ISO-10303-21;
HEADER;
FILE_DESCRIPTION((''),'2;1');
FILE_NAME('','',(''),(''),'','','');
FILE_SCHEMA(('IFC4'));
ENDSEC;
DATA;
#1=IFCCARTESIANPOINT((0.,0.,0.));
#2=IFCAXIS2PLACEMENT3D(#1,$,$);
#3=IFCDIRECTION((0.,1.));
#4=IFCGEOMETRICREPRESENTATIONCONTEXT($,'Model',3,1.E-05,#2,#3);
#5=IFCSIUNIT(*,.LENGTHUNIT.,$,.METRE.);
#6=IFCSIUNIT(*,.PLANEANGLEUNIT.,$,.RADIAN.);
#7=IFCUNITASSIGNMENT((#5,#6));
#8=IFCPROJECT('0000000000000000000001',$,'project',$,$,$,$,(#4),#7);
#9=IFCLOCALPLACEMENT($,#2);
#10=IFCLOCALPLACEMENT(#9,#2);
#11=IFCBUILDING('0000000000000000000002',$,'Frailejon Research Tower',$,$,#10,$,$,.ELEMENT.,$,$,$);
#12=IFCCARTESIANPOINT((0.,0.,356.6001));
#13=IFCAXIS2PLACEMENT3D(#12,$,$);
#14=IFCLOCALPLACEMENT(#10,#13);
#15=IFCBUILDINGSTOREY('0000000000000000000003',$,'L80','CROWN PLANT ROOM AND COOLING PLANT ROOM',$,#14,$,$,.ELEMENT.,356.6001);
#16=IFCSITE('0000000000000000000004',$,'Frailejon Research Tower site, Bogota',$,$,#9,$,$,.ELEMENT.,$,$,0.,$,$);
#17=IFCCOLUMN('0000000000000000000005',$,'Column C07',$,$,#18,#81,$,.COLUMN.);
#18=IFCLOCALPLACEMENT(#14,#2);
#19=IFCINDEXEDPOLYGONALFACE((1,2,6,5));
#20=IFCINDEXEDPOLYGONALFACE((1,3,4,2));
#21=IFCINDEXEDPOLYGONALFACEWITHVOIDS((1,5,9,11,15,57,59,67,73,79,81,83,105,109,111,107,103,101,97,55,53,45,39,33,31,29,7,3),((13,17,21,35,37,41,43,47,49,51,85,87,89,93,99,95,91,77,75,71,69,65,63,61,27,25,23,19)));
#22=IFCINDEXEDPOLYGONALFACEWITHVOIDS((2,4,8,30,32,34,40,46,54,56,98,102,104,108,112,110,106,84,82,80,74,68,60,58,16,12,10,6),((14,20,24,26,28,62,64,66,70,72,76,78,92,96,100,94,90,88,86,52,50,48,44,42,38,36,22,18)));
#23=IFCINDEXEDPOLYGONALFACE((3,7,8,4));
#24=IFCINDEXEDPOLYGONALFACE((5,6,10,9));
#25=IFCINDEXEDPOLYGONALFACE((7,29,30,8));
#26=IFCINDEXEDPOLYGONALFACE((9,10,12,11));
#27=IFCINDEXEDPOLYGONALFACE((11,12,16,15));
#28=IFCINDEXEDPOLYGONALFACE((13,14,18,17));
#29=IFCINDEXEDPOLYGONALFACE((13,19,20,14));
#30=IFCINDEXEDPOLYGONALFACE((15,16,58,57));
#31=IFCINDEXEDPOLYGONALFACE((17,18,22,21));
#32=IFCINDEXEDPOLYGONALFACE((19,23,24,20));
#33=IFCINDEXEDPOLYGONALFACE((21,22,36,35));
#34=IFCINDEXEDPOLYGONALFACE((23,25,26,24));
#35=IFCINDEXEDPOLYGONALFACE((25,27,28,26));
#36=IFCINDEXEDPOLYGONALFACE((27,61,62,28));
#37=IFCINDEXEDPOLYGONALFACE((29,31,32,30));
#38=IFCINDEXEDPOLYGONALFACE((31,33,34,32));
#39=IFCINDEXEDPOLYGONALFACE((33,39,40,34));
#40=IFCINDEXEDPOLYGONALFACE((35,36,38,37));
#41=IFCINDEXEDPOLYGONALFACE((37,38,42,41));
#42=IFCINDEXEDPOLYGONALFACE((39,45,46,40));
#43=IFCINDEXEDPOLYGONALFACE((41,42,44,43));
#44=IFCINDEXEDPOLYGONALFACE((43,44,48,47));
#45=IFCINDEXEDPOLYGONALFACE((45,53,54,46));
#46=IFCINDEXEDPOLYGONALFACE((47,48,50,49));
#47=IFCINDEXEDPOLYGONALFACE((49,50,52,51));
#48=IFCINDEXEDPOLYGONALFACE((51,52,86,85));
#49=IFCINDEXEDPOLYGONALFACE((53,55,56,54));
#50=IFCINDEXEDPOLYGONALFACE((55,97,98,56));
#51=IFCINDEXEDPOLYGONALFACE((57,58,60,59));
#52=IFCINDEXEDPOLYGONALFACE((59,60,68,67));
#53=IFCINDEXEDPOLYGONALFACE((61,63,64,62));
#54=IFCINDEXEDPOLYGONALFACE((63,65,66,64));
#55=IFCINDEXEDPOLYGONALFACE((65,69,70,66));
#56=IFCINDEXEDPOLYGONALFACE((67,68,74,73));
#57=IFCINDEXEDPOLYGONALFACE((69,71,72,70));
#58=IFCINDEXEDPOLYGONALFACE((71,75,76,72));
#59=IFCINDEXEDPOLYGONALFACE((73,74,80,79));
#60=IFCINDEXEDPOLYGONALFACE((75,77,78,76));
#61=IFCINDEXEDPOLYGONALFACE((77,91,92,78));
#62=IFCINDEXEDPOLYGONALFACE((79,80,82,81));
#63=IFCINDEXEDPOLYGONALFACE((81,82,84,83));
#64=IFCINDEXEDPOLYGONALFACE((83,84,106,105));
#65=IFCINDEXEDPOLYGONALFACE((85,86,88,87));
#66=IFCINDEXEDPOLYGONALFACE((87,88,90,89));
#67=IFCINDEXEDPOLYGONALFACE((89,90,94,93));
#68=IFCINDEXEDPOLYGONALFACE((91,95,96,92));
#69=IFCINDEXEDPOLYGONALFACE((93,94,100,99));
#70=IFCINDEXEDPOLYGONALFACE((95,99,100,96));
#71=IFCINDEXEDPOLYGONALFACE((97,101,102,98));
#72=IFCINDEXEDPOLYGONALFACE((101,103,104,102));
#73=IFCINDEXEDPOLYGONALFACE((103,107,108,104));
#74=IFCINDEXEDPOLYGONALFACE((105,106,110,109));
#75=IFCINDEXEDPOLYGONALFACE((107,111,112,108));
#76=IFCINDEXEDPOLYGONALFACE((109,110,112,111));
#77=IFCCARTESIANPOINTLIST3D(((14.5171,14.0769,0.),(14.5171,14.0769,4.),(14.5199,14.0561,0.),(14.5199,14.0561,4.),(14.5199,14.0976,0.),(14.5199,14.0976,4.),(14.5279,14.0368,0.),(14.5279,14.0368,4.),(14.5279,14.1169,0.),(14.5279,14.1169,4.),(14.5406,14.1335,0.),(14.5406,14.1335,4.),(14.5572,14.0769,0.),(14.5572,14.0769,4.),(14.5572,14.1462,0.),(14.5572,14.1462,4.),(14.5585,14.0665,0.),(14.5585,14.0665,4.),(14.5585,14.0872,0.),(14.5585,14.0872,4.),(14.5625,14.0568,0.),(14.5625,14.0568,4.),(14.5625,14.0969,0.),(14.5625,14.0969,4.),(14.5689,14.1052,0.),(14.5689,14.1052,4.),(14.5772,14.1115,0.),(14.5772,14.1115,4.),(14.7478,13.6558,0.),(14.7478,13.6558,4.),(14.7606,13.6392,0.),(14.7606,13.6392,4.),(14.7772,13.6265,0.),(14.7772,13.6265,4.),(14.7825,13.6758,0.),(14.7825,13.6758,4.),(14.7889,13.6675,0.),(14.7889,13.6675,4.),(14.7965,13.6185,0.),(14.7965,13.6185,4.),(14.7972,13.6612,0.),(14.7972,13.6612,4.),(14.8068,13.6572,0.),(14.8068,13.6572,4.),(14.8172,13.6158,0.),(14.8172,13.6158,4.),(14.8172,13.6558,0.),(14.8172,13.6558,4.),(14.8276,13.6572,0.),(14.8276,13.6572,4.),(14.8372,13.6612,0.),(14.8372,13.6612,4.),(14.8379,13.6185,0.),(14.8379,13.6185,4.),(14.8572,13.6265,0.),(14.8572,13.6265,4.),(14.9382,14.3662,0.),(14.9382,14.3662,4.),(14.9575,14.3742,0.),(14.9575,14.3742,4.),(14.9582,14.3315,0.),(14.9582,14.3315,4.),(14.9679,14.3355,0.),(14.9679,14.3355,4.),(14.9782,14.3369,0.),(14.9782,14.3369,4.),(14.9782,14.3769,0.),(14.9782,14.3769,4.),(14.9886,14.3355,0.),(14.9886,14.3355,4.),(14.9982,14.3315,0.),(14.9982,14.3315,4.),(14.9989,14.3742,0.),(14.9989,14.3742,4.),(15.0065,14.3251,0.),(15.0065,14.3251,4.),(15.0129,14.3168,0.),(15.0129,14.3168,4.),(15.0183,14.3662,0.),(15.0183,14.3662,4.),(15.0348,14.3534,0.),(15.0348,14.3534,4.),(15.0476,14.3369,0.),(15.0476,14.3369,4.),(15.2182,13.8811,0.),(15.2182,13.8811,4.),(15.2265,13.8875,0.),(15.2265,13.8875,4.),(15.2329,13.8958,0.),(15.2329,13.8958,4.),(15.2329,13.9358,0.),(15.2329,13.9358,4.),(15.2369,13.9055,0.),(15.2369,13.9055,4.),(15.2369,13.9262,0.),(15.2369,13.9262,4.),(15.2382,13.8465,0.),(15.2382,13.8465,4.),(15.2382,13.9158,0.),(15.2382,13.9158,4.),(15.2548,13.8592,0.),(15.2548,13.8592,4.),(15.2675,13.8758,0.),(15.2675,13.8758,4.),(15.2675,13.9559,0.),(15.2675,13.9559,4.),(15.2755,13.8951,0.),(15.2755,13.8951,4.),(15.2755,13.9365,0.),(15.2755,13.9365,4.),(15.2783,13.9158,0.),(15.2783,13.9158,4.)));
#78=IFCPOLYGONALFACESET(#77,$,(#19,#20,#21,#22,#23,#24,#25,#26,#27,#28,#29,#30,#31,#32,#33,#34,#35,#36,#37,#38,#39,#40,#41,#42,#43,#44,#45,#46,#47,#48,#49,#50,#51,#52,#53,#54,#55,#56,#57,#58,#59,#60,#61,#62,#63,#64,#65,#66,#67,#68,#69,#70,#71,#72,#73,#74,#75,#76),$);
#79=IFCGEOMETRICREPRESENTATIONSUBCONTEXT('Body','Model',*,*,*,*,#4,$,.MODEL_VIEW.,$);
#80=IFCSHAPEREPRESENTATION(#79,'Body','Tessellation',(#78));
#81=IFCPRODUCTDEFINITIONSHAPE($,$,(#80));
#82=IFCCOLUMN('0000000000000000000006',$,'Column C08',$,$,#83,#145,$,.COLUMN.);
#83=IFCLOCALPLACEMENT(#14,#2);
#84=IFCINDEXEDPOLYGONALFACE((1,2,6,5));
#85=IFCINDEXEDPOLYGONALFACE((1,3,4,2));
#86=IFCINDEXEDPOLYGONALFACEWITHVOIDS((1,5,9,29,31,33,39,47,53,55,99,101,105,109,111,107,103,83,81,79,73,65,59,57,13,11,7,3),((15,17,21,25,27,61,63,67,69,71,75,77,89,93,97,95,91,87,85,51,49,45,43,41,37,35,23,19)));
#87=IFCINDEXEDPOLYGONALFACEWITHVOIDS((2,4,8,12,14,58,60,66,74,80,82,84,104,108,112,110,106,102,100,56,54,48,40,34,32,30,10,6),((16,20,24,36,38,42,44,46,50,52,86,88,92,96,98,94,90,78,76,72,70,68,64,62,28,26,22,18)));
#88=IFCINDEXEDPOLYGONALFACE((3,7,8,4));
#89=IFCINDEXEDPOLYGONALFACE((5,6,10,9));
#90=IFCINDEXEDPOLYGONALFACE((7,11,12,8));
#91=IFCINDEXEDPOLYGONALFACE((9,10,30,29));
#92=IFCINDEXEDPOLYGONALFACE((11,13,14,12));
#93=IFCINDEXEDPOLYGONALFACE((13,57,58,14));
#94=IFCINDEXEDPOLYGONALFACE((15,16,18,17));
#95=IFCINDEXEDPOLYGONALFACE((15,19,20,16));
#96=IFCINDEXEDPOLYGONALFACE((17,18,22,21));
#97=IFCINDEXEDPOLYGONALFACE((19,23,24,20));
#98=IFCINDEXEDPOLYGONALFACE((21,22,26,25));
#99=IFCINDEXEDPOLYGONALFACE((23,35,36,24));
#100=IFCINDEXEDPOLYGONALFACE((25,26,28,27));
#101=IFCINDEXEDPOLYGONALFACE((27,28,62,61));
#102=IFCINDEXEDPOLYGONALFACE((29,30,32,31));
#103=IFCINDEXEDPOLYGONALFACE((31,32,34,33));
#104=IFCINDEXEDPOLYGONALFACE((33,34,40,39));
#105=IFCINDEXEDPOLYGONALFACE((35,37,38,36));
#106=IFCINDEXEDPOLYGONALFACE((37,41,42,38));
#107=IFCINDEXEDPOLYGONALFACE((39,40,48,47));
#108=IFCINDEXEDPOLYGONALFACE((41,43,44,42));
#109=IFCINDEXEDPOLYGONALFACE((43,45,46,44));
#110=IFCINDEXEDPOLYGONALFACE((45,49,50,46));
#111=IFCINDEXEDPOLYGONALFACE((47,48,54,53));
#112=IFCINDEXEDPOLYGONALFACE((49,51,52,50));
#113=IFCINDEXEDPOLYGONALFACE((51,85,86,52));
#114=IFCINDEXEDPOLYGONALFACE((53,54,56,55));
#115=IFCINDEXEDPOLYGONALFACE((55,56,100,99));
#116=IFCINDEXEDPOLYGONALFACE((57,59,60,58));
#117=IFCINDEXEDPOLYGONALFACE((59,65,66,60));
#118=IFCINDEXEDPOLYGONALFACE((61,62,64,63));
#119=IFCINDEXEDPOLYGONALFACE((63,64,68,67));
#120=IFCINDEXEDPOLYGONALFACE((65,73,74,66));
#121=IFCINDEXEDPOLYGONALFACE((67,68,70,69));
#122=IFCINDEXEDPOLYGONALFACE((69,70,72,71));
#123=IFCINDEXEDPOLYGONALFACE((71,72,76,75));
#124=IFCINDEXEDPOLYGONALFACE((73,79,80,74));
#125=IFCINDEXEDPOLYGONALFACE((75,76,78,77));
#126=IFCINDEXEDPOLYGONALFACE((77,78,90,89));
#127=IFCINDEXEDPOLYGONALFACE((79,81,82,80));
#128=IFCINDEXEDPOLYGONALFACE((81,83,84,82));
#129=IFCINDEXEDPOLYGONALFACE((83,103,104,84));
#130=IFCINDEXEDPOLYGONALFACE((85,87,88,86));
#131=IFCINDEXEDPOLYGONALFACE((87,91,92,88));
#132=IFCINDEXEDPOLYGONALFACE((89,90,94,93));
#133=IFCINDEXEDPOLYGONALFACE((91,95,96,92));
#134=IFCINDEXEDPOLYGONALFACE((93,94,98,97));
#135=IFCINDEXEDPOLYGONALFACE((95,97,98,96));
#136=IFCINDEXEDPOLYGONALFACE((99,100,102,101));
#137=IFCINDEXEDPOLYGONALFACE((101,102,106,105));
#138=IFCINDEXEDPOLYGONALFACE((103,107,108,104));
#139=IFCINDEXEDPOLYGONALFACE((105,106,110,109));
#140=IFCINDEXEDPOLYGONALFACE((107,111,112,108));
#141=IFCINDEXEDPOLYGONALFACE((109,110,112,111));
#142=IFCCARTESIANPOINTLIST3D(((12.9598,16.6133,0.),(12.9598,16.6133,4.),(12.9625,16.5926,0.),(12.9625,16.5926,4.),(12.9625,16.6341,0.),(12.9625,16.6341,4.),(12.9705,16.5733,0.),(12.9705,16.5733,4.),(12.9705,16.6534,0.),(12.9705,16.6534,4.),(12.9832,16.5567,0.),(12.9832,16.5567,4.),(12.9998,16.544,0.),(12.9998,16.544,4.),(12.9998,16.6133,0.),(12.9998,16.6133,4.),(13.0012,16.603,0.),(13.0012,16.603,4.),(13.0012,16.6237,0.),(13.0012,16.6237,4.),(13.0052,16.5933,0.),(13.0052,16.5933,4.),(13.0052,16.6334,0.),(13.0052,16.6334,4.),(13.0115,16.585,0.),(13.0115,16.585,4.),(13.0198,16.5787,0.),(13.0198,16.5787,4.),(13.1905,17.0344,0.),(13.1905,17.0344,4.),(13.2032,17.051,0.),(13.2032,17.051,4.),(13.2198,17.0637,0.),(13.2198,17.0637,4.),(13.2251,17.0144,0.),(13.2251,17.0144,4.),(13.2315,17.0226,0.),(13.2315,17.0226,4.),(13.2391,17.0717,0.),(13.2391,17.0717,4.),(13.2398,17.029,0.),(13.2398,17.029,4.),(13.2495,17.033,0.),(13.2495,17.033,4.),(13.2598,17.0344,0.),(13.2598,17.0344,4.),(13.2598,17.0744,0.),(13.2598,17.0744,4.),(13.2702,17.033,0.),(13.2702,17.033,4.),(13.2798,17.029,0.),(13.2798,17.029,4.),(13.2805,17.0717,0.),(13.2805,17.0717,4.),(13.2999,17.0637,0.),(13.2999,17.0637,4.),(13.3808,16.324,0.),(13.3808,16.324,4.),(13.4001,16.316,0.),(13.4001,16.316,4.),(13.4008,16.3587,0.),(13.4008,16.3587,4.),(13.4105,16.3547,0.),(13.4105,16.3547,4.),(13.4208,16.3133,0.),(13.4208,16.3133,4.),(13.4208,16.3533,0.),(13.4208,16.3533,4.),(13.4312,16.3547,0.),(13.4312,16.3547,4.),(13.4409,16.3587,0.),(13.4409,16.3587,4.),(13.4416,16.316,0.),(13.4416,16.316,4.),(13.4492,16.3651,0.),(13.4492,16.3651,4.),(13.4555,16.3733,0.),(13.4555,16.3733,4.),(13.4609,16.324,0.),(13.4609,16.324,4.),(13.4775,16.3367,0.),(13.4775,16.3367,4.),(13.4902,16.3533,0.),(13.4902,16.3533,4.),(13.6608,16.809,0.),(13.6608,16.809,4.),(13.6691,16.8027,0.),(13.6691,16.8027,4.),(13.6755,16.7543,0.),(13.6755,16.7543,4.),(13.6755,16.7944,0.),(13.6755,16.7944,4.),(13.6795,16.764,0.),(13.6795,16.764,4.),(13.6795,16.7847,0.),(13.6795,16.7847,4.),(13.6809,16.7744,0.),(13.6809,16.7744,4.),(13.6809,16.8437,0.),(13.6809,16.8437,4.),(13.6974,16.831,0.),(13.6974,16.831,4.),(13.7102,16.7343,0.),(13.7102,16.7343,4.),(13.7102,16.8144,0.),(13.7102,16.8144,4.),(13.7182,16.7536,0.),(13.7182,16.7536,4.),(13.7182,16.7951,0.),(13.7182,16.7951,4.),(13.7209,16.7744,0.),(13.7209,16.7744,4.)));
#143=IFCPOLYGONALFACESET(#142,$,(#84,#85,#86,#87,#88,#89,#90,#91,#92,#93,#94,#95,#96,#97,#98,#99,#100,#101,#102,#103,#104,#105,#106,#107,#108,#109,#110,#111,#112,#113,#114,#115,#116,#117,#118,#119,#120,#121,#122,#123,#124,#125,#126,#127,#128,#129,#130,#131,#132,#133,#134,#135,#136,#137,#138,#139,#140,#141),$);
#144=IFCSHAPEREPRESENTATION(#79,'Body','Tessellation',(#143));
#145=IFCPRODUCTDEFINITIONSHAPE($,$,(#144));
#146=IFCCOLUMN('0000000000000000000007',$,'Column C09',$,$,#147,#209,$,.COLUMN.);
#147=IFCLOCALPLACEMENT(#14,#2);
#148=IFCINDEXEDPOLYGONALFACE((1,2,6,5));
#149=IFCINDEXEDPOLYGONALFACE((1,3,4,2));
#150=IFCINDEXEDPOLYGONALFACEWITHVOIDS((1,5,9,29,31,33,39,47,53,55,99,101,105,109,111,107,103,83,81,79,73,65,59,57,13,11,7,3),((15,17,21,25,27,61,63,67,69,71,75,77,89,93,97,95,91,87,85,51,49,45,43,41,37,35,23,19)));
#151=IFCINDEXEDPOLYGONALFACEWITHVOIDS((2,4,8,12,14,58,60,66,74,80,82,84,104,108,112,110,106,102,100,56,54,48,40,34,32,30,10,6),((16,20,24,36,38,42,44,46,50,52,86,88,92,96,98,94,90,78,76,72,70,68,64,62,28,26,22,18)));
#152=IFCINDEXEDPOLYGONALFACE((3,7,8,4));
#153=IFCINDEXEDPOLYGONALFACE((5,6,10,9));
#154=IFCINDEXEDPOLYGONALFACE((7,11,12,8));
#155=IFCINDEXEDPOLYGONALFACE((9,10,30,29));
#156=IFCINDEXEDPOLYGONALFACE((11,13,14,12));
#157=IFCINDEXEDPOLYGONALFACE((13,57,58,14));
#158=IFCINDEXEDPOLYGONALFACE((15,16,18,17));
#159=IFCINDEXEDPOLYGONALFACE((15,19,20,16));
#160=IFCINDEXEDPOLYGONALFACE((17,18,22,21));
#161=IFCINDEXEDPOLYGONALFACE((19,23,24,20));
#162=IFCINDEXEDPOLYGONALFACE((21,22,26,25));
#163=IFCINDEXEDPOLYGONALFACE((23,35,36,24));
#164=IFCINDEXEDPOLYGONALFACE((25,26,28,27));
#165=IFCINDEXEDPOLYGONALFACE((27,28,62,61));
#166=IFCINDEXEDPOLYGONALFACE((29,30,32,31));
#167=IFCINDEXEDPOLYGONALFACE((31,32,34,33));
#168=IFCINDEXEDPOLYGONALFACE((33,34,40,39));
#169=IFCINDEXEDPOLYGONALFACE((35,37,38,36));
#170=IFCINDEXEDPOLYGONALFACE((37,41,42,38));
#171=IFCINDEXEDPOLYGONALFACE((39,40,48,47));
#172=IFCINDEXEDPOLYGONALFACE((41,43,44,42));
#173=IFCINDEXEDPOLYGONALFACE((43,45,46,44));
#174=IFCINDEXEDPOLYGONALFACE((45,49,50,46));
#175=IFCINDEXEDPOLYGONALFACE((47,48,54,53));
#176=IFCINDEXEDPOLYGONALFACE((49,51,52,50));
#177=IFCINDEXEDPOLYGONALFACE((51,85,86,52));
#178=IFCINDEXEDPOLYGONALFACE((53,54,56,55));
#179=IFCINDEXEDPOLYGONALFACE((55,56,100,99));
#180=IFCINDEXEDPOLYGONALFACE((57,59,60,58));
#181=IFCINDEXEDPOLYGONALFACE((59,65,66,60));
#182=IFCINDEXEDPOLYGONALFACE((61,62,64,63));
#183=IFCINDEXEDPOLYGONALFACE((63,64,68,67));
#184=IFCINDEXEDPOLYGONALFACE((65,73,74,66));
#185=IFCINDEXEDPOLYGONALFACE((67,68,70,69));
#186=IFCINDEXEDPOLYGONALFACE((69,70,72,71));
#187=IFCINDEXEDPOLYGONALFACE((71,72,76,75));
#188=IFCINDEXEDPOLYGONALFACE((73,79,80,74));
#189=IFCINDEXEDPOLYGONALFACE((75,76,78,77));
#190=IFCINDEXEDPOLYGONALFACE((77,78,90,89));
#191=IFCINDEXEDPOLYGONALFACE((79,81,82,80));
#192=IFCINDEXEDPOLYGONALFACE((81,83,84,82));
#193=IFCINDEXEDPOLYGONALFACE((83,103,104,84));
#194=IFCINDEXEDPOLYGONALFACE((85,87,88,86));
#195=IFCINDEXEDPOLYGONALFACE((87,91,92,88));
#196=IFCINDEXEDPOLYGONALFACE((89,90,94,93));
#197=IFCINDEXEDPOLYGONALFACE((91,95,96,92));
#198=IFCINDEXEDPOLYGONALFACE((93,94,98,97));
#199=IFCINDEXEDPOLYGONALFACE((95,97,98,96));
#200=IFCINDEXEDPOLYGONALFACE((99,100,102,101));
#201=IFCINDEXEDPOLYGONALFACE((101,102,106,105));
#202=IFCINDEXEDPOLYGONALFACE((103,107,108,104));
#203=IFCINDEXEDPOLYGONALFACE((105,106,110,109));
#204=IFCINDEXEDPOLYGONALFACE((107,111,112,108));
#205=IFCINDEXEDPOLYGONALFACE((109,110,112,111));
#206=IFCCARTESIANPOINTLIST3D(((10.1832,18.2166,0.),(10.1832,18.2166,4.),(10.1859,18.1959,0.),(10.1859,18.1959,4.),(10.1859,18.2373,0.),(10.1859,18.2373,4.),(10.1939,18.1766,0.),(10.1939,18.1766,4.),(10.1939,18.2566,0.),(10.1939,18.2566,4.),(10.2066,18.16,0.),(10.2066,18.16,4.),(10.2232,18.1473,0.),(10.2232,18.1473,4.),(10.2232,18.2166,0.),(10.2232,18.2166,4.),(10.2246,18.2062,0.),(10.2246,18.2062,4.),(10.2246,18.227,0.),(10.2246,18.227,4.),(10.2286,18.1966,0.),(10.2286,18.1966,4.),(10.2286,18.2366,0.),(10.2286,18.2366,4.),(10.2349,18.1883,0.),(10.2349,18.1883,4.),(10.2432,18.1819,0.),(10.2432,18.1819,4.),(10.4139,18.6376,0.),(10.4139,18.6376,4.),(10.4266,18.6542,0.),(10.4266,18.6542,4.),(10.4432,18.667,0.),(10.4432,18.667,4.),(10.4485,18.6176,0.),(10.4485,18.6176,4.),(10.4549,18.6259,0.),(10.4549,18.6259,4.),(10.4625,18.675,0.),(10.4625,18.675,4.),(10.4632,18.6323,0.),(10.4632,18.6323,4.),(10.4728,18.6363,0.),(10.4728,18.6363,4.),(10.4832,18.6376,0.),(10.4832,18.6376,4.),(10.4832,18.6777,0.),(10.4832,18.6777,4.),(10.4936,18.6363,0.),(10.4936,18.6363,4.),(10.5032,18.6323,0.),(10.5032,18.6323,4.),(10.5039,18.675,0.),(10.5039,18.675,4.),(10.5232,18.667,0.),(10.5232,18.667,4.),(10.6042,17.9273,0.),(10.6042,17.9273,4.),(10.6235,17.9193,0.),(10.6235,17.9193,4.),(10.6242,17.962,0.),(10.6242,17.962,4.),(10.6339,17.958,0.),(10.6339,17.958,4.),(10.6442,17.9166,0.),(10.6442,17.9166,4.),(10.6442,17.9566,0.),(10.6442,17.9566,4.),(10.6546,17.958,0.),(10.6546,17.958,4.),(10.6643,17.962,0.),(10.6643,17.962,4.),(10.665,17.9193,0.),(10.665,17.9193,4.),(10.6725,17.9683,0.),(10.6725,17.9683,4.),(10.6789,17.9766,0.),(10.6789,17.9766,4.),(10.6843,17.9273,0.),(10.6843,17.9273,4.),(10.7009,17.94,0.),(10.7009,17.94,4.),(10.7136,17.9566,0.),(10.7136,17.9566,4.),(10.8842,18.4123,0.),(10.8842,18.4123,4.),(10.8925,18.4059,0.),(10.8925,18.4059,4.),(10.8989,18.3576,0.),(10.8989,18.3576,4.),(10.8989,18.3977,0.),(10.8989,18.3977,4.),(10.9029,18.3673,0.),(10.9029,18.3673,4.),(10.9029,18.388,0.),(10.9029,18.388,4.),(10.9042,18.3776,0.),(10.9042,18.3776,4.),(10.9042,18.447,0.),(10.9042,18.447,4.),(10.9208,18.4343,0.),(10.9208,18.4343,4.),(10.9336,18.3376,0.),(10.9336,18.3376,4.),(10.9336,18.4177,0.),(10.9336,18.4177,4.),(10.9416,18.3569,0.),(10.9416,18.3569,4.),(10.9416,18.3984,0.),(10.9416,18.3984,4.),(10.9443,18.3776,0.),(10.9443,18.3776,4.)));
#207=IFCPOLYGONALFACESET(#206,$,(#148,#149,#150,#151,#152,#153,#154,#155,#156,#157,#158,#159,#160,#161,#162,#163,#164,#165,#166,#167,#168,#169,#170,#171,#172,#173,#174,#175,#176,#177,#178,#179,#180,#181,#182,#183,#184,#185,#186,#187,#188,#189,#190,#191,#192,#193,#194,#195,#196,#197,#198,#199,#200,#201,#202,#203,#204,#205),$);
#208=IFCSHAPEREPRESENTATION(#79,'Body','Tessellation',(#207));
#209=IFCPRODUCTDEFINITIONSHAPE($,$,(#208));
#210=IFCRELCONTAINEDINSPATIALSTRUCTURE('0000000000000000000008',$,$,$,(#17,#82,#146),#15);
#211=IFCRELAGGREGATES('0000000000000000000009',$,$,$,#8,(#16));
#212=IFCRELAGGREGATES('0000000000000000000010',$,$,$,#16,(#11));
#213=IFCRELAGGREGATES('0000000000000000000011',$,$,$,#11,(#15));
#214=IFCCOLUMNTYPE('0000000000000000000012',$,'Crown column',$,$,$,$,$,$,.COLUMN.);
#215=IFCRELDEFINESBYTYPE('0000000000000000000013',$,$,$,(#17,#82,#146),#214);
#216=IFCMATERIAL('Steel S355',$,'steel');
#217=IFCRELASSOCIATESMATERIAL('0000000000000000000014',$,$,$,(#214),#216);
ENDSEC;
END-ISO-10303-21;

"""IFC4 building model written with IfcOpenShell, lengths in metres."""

from ifc_helpers import new_model, si_unit, direction, frame, origin, origin_2d, place, context, subcontext, project, spatial, hollow_rectangle, extrude, material, material_profile, profile_set, type_object, element, save


model = new_model("IFC4")

# Units and contexts
model_context = context("Model", 3, precision=1e-05, world=origin(), true_north=direction((0.0, 1.0)))
body_context = subcontext(model_context, "Body", "Model", "MODEL_VIEW")
ifc_project = project(units=[si_unit("LENGTHUNIT", "METRE"), si_unit("PLANEANGLEUNIT", "RADIAN")], contexts=[model_context])

# Site, building, storey
site_placement = place(None, origin())
site = spatial("IfcSite", under=ifc_project, at=site_placement, Name="Frailejon Research Tower site, Bogota", CompositionType="ELEMENT", RefElevation=0.0)
building_placement = place(site_placement, origin())
building = spatial("IfcBuilding", under=site, at=building_placement, Name="Frailejon Research Tower", CompositionType="ELEMENT")
storey_placement = place(building_placement, frame((0.0, 0.0, 356.6001)))
storey = spatial("IfcBuildingStorey", under=building, at=storey_placement, Name="L80", Description="CROWN PLANT ROOM AND COOLING PLANT ROOM", CompositionType="ELEMENT", Elevation=356.6001)

# Columns
ifc_material_1 = material(Name="Steel S355", Category="steel")
ifc_material_profile_1 = material_profile(ifc_material_1, hollow_rectangle(XDim=0.6001, YDim=0.6001, WallThickness=0.04, InnerFilletRadius=0.04, OuterFilletRadius=0.0801, at=origin_2d()), Name="Crown column")
ifc_profile_set_1 = profile_set([ifc_material_profile_1], Name="Steel S355")
column_type = type_object("IfcColumnType", Name="Crown column", PredefinedType="COLUMN", material=ifc_profile_set_1)
for number, where, z_axis, x_axis, name in (
    (1, (14.8977, 13.9963, 0.0), (0.0, 0.0, 1.0), (-0.5, 0.866025, 0.0), "Column C07"),
    (2, (13.3403, 16.6938, 0.0), (0.0, 0.0, 1.0), (-0.866025, 0.5, 0.0), "Column C08"),
    (3, (10.5637, 18.2971, 0.0), (0.0, 0.0, 1.0), (-0.866025, 0.5, 0.0), "Column C09"),
):
    element("IfcColumn", number, at=place(storey_placement, frame(where, z_axis=z_axis, x_axis=x_axis)), inside=storey, type_object=column_type, Name=name, PredefinedType="COLUMN", context=body_context, shape_type="SweptSolid", body=[
        extrude(hollow_rectangle(XDim=0.6001, YDim=0.6001, WallThickness=0.04, InnerFilletRadius=0.04, OuterFilletRadius=0.0801, at=origin_2d()), origin(), (0.0, 0.0, 1.0), 4.0),
    ])

save(model, "model.ifc")
